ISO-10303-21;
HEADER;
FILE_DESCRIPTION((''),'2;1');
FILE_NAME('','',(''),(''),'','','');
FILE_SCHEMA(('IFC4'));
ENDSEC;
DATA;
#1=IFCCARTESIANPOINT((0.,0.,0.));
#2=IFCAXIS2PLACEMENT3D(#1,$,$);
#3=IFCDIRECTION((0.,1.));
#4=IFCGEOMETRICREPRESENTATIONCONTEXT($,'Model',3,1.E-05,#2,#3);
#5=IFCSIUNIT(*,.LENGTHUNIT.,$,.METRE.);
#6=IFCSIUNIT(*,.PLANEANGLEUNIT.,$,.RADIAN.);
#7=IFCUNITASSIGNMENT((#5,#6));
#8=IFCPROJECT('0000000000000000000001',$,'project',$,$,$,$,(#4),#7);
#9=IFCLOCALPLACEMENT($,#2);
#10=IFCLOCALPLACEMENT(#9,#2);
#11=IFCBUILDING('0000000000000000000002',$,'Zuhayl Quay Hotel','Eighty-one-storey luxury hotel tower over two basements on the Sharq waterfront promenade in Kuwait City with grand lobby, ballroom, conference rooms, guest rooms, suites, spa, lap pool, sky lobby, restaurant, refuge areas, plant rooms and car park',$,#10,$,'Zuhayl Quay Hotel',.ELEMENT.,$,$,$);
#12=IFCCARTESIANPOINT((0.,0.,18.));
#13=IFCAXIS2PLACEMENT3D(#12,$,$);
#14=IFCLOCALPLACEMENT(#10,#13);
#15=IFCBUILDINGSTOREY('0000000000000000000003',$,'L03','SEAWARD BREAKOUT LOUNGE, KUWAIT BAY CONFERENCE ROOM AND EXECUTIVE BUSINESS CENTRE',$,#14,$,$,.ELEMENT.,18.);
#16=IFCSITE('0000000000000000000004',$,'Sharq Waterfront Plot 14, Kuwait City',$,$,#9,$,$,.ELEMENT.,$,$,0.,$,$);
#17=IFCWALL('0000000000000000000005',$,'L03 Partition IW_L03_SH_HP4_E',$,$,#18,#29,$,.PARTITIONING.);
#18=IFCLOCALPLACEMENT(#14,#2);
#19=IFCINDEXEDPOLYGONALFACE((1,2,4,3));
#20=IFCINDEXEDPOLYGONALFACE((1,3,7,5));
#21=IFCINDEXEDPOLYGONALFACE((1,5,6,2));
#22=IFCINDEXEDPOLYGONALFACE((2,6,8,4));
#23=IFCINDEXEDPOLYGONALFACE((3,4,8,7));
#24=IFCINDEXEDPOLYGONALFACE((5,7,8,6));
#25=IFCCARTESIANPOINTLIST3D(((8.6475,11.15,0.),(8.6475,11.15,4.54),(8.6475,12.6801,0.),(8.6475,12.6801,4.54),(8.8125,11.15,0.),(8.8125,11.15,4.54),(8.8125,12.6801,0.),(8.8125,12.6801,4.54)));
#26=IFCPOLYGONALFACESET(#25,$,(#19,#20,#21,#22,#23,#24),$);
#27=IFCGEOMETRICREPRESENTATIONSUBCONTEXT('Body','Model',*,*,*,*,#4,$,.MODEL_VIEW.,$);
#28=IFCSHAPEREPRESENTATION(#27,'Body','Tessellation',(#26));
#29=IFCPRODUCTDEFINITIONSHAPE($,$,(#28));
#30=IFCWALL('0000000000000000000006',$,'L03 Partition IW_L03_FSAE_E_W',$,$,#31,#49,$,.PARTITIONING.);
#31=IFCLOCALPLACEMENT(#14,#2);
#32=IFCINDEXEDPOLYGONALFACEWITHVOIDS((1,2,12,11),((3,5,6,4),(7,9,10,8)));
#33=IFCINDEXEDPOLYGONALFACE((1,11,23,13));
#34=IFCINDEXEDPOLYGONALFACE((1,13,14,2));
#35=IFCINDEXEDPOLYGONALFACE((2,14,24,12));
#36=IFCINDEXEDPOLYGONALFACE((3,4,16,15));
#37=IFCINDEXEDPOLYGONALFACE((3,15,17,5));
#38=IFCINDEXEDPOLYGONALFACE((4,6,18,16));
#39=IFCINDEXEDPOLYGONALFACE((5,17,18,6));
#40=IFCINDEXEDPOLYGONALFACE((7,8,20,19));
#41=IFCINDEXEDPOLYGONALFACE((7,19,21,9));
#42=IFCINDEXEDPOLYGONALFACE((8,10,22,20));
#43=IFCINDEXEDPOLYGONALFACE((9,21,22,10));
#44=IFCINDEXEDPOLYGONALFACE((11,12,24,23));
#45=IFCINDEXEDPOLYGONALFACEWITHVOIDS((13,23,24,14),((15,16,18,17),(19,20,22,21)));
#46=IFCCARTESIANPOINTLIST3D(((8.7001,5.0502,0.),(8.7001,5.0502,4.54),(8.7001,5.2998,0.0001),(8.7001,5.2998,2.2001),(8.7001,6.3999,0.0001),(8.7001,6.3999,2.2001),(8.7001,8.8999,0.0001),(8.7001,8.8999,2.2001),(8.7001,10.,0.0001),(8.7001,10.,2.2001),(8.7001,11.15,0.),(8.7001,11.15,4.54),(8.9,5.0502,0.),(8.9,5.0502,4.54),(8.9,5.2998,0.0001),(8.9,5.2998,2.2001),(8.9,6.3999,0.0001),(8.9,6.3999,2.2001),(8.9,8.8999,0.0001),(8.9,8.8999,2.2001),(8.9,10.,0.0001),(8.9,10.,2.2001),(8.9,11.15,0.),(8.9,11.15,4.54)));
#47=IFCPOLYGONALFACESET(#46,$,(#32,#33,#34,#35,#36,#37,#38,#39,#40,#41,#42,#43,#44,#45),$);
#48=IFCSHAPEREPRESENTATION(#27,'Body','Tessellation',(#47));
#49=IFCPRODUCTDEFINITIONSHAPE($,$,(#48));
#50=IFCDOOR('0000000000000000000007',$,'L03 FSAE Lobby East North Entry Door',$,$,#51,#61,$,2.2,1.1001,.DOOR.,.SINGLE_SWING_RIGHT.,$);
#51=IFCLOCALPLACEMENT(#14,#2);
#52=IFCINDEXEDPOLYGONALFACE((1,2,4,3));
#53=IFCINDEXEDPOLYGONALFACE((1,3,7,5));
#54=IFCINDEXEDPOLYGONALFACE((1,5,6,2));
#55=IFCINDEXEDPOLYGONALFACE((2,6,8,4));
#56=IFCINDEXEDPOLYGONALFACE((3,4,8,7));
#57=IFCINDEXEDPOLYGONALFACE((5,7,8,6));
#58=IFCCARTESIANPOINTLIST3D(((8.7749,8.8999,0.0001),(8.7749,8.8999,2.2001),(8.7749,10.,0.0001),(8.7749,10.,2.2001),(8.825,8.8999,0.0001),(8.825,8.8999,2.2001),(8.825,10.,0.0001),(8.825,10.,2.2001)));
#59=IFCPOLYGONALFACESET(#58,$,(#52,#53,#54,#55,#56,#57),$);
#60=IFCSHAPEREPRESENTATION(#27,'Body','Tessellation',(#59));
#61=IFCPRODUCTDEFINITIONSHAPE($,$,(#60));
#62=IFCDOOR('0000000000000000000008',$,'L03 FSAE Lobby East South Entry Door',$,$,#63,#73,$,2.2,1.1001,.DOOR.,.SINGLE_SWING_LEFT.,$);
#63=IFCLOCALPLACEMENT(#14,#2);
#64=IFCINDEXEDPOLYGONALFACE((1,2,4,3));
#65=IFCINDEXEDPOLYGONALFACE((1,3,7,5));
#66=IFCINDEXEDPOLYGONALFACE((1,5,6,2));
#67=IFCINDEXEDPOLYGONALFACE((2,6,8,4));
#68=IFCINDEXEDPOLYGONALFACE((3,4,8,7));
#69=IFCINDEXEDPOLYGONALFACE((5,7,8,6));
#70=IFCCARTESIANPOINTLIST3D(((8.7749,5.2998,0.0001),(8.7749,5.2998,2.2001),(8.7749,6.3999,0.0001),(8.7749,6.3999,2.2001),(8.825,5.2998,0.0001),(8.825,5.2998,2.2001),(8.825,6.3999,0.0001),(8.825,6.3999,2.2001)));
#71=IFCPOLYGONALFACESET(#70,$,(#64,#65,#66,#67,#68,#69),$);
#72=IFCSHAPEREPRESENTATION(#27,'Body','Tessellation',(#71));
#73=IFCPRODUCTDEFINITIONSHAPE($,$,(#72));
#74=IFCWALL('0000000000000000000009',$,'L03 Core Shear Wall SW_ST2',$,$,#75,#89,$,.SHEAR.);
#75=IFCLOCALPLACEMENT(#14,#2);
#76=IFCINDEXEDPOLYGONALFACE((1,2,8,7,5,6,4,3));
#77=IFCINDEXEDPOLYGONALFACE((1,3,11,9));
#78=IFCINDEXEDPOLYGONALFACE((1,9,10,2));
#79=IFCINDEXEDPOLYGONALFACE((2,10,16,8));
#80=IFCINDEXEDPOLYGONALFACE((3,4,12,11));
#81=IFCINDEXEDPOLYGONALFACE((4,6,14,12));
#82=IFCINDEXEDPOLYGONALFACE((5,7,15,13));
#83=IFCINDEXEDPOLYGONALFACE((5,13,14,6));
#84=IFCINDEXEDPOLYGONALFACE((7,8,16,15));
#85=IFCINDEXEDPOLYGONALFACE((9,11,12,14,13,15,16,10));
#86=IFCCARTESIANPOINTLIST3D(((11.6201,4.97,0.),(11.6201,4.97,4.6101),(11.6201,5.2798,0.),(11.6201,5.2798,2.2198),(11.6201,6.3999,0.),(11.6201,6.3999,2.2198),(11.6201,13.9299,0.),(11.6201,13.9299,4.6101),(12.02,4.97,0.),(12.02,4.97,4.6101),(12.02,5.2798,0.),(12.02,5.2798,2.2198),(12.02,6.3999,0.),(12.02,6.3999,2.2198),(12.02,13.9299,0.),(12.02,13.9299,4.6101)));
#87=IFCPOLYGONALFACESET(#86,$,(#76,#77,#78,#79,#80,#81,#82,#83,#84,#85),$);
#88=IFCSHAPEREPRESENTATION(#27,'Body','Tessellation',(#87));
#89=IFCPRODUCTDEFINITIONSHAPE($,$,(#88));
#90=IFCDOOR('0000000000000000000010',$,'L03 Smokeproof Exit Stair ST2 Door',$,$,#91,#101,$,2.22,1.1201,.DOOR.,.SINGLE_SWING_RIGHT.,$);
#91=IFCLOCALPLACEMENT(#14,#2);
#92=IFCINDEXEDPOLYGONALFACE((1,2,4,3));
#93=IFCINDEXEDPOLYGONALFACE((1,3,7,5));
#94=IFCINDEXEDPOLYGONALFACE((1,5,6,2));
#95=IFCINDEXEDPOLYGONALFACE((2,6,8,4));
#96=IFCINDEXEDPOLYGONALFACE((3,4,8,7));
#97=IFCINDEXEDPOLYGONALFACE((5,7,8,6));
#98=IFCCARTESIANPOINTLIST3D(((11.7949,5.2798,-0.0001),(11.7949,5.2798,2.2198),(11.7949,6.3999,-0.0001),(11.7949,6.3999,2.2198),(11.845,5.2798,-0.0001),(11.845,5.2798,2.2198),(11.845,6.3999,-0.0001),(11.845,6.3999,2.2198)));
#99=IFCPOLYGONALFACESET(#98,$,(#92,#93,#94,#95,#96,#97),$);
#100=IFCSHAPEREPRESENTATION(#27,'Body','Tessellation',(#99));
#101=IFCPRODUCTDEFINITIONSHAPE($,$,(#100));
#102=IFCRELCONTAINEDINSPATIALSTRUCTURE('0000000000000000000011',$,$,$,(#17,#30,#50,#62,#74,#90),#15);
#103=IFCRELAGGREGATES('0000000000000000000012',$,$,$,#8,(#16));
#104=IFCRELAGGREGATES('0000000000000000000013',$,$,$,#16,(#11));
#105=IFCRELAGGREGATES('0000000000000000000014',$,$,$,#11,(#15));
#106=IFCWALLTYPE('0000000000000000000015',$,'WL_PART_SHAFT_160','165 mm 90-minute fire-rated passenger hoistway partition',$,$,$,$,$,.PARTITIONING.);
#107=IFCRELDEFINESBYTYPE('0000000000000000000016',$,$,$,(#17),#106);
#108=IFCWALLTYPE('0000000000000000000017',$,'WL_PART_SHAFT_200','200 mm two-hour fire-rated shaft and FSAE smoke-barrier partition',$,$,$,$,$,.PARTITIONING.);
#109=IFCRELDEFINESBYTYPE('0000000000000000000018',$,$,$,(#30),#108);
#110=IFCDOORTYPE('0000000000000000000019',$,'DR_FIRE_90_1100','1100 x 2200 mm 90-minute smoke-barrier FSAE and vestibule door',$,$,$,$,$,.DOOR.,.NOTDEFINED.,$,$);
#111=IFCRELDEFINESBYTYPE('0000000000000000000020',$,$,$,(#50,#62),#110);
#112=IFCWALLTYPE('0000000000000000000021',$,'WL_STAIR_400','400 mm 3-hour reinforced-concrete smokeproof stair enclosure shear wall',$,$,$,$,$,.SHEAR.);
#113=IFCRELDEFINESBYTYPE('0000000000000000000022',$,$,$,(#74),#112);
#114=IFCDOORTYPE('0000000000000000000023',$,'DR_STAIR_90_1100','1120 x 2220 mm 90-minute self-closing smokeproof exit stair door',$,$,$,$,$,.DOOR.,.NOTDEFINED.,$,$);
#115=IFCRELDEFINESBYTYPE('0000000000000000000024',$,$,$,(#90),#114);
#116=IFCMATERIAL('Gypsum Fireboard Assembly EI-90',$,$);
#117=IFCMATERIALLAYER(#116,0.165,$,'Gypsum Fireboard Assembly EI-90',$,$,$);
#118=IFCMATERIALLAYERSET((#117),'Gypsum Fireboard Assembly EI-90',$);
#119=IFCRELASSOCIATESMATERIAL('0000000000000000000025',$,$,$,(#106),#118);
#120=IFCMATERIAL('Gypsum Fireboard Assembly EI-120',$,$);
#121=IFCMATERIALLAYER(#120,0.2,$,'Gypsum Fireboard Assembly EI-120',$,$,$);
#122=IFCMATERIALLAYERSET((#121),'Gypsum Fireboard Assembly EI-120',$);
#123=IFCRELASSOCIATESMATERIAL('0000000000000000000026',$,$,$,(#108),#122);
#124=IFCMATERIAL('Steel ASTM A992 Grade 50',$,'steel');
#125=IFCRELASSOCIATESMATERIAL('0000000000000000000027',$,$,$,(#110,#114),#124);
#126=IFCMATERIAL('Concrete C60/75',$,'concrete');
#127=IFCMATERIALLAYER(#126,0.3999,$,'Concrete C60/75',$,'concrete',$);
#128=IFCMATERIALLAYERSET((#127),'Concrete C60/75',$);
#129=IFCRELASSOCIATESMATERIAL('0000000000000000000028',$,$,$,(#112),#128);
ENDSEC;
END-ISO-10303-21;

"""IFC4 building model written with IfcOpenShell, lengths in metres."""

from ifc_helpers import new_model, si_unit, direction, frame, frame_2d, origin, place, context, subcontext, project, spatial, rectangle, extrude, material, layer, layer_set, type_object, element, fill, save


model = new_model("IFC4")

# Units and contexts
model_context = context("Model", 3, precision=1e-05, world=origin(), true_north=direction((0.0, 1.0)))
body_context = subcontext(model_context, "Body", "Model", "MODEL_VIEW")
ifc_project = project(units=[si_unit("LENGTHUNIT", "METRE"), si_unit("PLANEANGLEUNIT", "RADIAN")], contexts=[model_context])

# Site, building, storey
site_placement = place(None, origin())
site = spatial("IfcSite", under=ifc_project, at=site_placement, Name="Sharq Waterfront Plot 14, Kuwait City", CompositionType="ELEMENT", RefElevation=0.0)
building_placement = place(site_placement, origin())
building = spatial("IfcBuilding", under=site, at=building_placement, Name="Zuhayl Quay Hotel", Description="Eighty-one-storey luxury hotel tower over two basements on the Sharq waterfront promenade in Kuwait City with grand lobby, ballroom, conference rooms, guest rooms, suites, spa, lap pool, sky lobby, restaurant, refuge areas, plant rooms and car park", LongName="Zuhayl Quay Hotel", CompositionType="ELEMENT")
storey_placement = place(building_placement, frame((0.0, 0.0, 18.0)))
storey = spatial("IfcBuildingStorey", under=building, at=storey_placement, Name="L03", Description="SEAWARD BREAKOUT LOUNGE, KUWAIT BAY CONFERENCE ROOM AND EXECUTIVE BUSINESS CENTRE", CompositionType="ELEMENT", Elevation=18.0)

# Shared definitions
ifc_material_1 = material(Name="Steel ASTM A992 Grade 50", Category="steel")

# Wall
ifc_material_2 = material(Name="Gypsum Fireboard Assembly EI-90")
ifc_layer_1 = layer(ifc_material_2, 0.165, Name="Gypsum Fireboard Assembly EI-90")
ifc_layer_set_1 = layer_set([ifc_layer_1], Name="Gypsum Fireboard Assembly EI-90")
wall_type_1 = type_object("IfcWallType", Name="WL_PART_SHAFT_160", Description="165 mm 90-minute fire-rated passenger hoistway partition", PredefinedType="PARTITIONING", material=ifc_layer_set_1)
wall_1_placement = place(storey_placement, frame((8.73, 11.1499, 0.0), z_axis=(0.0, 0.0, 1.0), x_axis=(0.0, 1.0, 0.0)))
element("IfcWall", 1, at=wall_1_placement, inside=storey, type_object=wall_type_1, Name="L03 Partition IW_L03_SH_HP4_E", PredefinedType="PARTITIONING", context=body_context, shape_type="SweptSolid", body=[
    extrude(rectangle(XDim=1.53, YDim=0.165, at=frame_2d((0.7651, 0.0))), origin(), (0.0, 0.0, 1.0), 4.54),
])

# Wall, openings, doors
ifc_material_3 = material(Name="Gypsum Fireboard Assembly EI-120")
ifc_layer_2 = layer(ifc_material_3, 0.2, Name="Gypsum Fireboard Assembly EI-120")
ifc_layer_set_2 = layer_set([ifc_layer_2], Name="Gypsum Fireboard Assembly EI-120")
wall_type_2 = type_object("IfcWallType", Name="WL_PART_SHAFT_200", Description="200 mm two-hour fire-rated shaft and FSAE smoke-barrier partition", PredefinedType="PARTITIONING", material=ifc_layer_set_2)
wall_2_placement = place(storey_placement, frame((8.8, 11.1499, 0.0), z_axis=(0.0, 0.0, 1.0), x_axis=(0.0, -1.0, 0.0)))
wall_2 = element("IfcWall", 2, at=wall_2_placement, inside=storey, type_object=wall_type_2, Name="L03 Partition IW_L03_FSAE_E_W", PredefinedType="PARTITIONING", context=body_context, shape_type="SweptSolid", body=[
    extrude(rectangle(XDim=6.0999, YDim=0.2, at=frame_2d((3.0498, 0.0))), origin(), (0.0, 0.0, 1.0), 4.54),
])
opening_1_placement = place(wall_2_placement, frame((1.1499, 0.0, 0.0)))
opening_1 = element("IfcOpeningElement", 3, at=opening_1_placement, cuts=wall_2, PredefinedType="OPENING", context=body_context, shape_type="SweptSolid", body=[
    extrude(rectangle(XDim=1.1001, YDim=2.2, at=frame_2d((0.55, 1.1001))), frame((0.0, 0.1099, 0.0), z_axis=(0.0, -1.0, 0.0), x_axis=(1.0, 0.0, 0.0)), (0.0, 0.0, 1.0), 0.22),
])
opening_2_placement = place(wall_2_placement, frame((4.75, 0.0, 0.0)))
opening_2 = element("IfcOpeningElement", 4, at=opening_2_placement, cuts=wall_2, PredefinedType="OPENING", context=body_context, shape_type="SweptSolid", body=[
    extrude(rectangle(XDim=1.1001, YDim=2.2, at=frame_2d((0.55, 1.1001))), frame((0.0, 0.1099, 0.0), z_axis=(0.0, -1.0, 0.0), x_axis=(1.0, 0.0, 0.0)), (0.0, 0.0, 1.0), 0.22),
])
door_type_1 = type_object("IfcDoorType", Name="DR_FIRE_90_1100", Description="1100 x 2200 mm 90-minute smoke-barrier FSAE and vestibule door", OperationType="NOTDEFINED", PredefinedType="DOOR", material=ifc_material_1)
door_1_placement = place(opening_1_placement, origin())
door_1 = element("IfcDoor", 5, at=door_1_placement, inside=storey, type_object=door_type_1, Name="L03 FSAE Lobby East North Entry Door", OperationType="SINGLE_SWING_RIGHT", OverallHeight=2.2, OverallWidth=1.1001, PredefinedType="DOOR", context=body_context, shape_type="SweptSolid", body=[
    extrude(rectangle(XDim=1.1001, YDim=2.2, at=frame_2d((0.55, 1.1001))), frame((0.0, 0.0249, 0.0), z_axis=(0.0, -1.0, 0.0), x_axis=(1.0, 0.0, 0.0)), (0.0, 0.0, 1.0), 0.05),
])
fill(opening_1, door_1)
door_2_placement = place(opening_2_placement, origin())
door_2 = element("IfcDoor", 6, at=door_2_placement, inside=storey, type_object=door_type_1, Name="L03 FSAE Lobby East South Entry Door", OperationType="SINGLE_SWING_LEFT", OverallHeight=2.2, OverallWidth=1.1001, PredefinedType="DOOR", context=body_context, shape_type="SweptSolid", body=[
    extrude(rectangle(XDim=1.1001, YDim=2.2, at=frame_2d((0.55, 1.1001))), frame((0.0, 0.0249, 0.0), z_axis=(0.0, -1.0, 0.0), x_axis=(1.0, 0.0, 0.0)), (0.0, 0.0, 1.0), 0.05),
])
fill(opening_2, door_2)

# Wall, opening, door
ifc_material_4 = material(Name="Concrete C60/75", Category="concrete")
ifc_layer_3 = layer(ifc_material_4, 0.3999, Name="Concrete C60/75", Category="concrete")
ifc_layer_set_3 = layer_set([ifc_layer_3], Name="Concrete C60/75")
wall_type_3 = type_object("IfcWallType", Name="WL_STAIR_400", Description="400 mm 3-hour reinforced-concrete smokeproof stair enclosure shear wall", PredefinedType="SHEAR", material=ifc_layer_set_3)
wall_3_placement = place(storey_placement, frame((11.8201, 13.9299, 0.0), z_axis=(0.0, 0.0, 1.0), x_axis=(0.0, -1.0, 0.0)))
wall_3 = element("IfcWall", 7, at=wall_3_placement, inside=storey, type_object=wall_type_3, Name="L03 Core Shear Wall SW_ST2", PredefinedType="SHEAR", context=body_context, shape_type="SweptSolid", body=[
    extrude(rectangle(XDim=8.96, YDim=0.3999, at=frame_2d((4.48, 0.0))), origin(), (0.0, 0.0, 1.0), 4.6101),
])
opening_3_placement = place(wall_3_placement, frame((7.53, 0.0, 0.0)))
opening_3 = element("IfcOpeningElement", 8, at=opening_3_placement, cuts=wall_3, PredefinedType="OPENING", context=body_context, shape_type="SweptSolid", body=[
    extrude(rectangle(XDim=1.1201, YDim=2.22, at=frame_2d((0.5601, 1.1099))), frame((0.0, 0.21, 0.0), z_axis=(0.0, -1.0, 0.0), x_axis=(1.0, 0.0, 0.0)), (0.0, 0.0, 1.0), 0.4199),
])
door_type_2 = type_object("IfcDoorType", Name="DR_STAIR_90_1100", Description="1120 x 2220 mm 90-minute self-closing smokeproof exit stair door", OperationType="NOTDEFINED", PredefinedType="DOOR", material=ifc_material_1)
door_3_placement = place(opening_3_placement, origin())
door_3 = element("IfcDoor", 9, at=door_3_placement, inside=storey, type_object=door_type_2, Name="L03 Smokeproof Exit Stair ST2 Door", OperationType="SINGLE_SWING_RIGHT", OverallHeight=2.22, OverallWidth=1.1201, PredefinedType="DOOR", context=body_context, shape_type="SweptSolid", body=[
    extrude(rectangle(XDim=1.1201, YDim=2.22, at=frame_2d((0.5601, 1.1099))), frame((0.0, 0.0249, 0.0), z_axis=(0.0, -1.0, 0.0), x_axis=(1.0, 0.0, 0.0)), (0.0, 0.0, 1.0), 0.05),
])
fill(opening_3, door_3)

save(model, "model.ifc")
